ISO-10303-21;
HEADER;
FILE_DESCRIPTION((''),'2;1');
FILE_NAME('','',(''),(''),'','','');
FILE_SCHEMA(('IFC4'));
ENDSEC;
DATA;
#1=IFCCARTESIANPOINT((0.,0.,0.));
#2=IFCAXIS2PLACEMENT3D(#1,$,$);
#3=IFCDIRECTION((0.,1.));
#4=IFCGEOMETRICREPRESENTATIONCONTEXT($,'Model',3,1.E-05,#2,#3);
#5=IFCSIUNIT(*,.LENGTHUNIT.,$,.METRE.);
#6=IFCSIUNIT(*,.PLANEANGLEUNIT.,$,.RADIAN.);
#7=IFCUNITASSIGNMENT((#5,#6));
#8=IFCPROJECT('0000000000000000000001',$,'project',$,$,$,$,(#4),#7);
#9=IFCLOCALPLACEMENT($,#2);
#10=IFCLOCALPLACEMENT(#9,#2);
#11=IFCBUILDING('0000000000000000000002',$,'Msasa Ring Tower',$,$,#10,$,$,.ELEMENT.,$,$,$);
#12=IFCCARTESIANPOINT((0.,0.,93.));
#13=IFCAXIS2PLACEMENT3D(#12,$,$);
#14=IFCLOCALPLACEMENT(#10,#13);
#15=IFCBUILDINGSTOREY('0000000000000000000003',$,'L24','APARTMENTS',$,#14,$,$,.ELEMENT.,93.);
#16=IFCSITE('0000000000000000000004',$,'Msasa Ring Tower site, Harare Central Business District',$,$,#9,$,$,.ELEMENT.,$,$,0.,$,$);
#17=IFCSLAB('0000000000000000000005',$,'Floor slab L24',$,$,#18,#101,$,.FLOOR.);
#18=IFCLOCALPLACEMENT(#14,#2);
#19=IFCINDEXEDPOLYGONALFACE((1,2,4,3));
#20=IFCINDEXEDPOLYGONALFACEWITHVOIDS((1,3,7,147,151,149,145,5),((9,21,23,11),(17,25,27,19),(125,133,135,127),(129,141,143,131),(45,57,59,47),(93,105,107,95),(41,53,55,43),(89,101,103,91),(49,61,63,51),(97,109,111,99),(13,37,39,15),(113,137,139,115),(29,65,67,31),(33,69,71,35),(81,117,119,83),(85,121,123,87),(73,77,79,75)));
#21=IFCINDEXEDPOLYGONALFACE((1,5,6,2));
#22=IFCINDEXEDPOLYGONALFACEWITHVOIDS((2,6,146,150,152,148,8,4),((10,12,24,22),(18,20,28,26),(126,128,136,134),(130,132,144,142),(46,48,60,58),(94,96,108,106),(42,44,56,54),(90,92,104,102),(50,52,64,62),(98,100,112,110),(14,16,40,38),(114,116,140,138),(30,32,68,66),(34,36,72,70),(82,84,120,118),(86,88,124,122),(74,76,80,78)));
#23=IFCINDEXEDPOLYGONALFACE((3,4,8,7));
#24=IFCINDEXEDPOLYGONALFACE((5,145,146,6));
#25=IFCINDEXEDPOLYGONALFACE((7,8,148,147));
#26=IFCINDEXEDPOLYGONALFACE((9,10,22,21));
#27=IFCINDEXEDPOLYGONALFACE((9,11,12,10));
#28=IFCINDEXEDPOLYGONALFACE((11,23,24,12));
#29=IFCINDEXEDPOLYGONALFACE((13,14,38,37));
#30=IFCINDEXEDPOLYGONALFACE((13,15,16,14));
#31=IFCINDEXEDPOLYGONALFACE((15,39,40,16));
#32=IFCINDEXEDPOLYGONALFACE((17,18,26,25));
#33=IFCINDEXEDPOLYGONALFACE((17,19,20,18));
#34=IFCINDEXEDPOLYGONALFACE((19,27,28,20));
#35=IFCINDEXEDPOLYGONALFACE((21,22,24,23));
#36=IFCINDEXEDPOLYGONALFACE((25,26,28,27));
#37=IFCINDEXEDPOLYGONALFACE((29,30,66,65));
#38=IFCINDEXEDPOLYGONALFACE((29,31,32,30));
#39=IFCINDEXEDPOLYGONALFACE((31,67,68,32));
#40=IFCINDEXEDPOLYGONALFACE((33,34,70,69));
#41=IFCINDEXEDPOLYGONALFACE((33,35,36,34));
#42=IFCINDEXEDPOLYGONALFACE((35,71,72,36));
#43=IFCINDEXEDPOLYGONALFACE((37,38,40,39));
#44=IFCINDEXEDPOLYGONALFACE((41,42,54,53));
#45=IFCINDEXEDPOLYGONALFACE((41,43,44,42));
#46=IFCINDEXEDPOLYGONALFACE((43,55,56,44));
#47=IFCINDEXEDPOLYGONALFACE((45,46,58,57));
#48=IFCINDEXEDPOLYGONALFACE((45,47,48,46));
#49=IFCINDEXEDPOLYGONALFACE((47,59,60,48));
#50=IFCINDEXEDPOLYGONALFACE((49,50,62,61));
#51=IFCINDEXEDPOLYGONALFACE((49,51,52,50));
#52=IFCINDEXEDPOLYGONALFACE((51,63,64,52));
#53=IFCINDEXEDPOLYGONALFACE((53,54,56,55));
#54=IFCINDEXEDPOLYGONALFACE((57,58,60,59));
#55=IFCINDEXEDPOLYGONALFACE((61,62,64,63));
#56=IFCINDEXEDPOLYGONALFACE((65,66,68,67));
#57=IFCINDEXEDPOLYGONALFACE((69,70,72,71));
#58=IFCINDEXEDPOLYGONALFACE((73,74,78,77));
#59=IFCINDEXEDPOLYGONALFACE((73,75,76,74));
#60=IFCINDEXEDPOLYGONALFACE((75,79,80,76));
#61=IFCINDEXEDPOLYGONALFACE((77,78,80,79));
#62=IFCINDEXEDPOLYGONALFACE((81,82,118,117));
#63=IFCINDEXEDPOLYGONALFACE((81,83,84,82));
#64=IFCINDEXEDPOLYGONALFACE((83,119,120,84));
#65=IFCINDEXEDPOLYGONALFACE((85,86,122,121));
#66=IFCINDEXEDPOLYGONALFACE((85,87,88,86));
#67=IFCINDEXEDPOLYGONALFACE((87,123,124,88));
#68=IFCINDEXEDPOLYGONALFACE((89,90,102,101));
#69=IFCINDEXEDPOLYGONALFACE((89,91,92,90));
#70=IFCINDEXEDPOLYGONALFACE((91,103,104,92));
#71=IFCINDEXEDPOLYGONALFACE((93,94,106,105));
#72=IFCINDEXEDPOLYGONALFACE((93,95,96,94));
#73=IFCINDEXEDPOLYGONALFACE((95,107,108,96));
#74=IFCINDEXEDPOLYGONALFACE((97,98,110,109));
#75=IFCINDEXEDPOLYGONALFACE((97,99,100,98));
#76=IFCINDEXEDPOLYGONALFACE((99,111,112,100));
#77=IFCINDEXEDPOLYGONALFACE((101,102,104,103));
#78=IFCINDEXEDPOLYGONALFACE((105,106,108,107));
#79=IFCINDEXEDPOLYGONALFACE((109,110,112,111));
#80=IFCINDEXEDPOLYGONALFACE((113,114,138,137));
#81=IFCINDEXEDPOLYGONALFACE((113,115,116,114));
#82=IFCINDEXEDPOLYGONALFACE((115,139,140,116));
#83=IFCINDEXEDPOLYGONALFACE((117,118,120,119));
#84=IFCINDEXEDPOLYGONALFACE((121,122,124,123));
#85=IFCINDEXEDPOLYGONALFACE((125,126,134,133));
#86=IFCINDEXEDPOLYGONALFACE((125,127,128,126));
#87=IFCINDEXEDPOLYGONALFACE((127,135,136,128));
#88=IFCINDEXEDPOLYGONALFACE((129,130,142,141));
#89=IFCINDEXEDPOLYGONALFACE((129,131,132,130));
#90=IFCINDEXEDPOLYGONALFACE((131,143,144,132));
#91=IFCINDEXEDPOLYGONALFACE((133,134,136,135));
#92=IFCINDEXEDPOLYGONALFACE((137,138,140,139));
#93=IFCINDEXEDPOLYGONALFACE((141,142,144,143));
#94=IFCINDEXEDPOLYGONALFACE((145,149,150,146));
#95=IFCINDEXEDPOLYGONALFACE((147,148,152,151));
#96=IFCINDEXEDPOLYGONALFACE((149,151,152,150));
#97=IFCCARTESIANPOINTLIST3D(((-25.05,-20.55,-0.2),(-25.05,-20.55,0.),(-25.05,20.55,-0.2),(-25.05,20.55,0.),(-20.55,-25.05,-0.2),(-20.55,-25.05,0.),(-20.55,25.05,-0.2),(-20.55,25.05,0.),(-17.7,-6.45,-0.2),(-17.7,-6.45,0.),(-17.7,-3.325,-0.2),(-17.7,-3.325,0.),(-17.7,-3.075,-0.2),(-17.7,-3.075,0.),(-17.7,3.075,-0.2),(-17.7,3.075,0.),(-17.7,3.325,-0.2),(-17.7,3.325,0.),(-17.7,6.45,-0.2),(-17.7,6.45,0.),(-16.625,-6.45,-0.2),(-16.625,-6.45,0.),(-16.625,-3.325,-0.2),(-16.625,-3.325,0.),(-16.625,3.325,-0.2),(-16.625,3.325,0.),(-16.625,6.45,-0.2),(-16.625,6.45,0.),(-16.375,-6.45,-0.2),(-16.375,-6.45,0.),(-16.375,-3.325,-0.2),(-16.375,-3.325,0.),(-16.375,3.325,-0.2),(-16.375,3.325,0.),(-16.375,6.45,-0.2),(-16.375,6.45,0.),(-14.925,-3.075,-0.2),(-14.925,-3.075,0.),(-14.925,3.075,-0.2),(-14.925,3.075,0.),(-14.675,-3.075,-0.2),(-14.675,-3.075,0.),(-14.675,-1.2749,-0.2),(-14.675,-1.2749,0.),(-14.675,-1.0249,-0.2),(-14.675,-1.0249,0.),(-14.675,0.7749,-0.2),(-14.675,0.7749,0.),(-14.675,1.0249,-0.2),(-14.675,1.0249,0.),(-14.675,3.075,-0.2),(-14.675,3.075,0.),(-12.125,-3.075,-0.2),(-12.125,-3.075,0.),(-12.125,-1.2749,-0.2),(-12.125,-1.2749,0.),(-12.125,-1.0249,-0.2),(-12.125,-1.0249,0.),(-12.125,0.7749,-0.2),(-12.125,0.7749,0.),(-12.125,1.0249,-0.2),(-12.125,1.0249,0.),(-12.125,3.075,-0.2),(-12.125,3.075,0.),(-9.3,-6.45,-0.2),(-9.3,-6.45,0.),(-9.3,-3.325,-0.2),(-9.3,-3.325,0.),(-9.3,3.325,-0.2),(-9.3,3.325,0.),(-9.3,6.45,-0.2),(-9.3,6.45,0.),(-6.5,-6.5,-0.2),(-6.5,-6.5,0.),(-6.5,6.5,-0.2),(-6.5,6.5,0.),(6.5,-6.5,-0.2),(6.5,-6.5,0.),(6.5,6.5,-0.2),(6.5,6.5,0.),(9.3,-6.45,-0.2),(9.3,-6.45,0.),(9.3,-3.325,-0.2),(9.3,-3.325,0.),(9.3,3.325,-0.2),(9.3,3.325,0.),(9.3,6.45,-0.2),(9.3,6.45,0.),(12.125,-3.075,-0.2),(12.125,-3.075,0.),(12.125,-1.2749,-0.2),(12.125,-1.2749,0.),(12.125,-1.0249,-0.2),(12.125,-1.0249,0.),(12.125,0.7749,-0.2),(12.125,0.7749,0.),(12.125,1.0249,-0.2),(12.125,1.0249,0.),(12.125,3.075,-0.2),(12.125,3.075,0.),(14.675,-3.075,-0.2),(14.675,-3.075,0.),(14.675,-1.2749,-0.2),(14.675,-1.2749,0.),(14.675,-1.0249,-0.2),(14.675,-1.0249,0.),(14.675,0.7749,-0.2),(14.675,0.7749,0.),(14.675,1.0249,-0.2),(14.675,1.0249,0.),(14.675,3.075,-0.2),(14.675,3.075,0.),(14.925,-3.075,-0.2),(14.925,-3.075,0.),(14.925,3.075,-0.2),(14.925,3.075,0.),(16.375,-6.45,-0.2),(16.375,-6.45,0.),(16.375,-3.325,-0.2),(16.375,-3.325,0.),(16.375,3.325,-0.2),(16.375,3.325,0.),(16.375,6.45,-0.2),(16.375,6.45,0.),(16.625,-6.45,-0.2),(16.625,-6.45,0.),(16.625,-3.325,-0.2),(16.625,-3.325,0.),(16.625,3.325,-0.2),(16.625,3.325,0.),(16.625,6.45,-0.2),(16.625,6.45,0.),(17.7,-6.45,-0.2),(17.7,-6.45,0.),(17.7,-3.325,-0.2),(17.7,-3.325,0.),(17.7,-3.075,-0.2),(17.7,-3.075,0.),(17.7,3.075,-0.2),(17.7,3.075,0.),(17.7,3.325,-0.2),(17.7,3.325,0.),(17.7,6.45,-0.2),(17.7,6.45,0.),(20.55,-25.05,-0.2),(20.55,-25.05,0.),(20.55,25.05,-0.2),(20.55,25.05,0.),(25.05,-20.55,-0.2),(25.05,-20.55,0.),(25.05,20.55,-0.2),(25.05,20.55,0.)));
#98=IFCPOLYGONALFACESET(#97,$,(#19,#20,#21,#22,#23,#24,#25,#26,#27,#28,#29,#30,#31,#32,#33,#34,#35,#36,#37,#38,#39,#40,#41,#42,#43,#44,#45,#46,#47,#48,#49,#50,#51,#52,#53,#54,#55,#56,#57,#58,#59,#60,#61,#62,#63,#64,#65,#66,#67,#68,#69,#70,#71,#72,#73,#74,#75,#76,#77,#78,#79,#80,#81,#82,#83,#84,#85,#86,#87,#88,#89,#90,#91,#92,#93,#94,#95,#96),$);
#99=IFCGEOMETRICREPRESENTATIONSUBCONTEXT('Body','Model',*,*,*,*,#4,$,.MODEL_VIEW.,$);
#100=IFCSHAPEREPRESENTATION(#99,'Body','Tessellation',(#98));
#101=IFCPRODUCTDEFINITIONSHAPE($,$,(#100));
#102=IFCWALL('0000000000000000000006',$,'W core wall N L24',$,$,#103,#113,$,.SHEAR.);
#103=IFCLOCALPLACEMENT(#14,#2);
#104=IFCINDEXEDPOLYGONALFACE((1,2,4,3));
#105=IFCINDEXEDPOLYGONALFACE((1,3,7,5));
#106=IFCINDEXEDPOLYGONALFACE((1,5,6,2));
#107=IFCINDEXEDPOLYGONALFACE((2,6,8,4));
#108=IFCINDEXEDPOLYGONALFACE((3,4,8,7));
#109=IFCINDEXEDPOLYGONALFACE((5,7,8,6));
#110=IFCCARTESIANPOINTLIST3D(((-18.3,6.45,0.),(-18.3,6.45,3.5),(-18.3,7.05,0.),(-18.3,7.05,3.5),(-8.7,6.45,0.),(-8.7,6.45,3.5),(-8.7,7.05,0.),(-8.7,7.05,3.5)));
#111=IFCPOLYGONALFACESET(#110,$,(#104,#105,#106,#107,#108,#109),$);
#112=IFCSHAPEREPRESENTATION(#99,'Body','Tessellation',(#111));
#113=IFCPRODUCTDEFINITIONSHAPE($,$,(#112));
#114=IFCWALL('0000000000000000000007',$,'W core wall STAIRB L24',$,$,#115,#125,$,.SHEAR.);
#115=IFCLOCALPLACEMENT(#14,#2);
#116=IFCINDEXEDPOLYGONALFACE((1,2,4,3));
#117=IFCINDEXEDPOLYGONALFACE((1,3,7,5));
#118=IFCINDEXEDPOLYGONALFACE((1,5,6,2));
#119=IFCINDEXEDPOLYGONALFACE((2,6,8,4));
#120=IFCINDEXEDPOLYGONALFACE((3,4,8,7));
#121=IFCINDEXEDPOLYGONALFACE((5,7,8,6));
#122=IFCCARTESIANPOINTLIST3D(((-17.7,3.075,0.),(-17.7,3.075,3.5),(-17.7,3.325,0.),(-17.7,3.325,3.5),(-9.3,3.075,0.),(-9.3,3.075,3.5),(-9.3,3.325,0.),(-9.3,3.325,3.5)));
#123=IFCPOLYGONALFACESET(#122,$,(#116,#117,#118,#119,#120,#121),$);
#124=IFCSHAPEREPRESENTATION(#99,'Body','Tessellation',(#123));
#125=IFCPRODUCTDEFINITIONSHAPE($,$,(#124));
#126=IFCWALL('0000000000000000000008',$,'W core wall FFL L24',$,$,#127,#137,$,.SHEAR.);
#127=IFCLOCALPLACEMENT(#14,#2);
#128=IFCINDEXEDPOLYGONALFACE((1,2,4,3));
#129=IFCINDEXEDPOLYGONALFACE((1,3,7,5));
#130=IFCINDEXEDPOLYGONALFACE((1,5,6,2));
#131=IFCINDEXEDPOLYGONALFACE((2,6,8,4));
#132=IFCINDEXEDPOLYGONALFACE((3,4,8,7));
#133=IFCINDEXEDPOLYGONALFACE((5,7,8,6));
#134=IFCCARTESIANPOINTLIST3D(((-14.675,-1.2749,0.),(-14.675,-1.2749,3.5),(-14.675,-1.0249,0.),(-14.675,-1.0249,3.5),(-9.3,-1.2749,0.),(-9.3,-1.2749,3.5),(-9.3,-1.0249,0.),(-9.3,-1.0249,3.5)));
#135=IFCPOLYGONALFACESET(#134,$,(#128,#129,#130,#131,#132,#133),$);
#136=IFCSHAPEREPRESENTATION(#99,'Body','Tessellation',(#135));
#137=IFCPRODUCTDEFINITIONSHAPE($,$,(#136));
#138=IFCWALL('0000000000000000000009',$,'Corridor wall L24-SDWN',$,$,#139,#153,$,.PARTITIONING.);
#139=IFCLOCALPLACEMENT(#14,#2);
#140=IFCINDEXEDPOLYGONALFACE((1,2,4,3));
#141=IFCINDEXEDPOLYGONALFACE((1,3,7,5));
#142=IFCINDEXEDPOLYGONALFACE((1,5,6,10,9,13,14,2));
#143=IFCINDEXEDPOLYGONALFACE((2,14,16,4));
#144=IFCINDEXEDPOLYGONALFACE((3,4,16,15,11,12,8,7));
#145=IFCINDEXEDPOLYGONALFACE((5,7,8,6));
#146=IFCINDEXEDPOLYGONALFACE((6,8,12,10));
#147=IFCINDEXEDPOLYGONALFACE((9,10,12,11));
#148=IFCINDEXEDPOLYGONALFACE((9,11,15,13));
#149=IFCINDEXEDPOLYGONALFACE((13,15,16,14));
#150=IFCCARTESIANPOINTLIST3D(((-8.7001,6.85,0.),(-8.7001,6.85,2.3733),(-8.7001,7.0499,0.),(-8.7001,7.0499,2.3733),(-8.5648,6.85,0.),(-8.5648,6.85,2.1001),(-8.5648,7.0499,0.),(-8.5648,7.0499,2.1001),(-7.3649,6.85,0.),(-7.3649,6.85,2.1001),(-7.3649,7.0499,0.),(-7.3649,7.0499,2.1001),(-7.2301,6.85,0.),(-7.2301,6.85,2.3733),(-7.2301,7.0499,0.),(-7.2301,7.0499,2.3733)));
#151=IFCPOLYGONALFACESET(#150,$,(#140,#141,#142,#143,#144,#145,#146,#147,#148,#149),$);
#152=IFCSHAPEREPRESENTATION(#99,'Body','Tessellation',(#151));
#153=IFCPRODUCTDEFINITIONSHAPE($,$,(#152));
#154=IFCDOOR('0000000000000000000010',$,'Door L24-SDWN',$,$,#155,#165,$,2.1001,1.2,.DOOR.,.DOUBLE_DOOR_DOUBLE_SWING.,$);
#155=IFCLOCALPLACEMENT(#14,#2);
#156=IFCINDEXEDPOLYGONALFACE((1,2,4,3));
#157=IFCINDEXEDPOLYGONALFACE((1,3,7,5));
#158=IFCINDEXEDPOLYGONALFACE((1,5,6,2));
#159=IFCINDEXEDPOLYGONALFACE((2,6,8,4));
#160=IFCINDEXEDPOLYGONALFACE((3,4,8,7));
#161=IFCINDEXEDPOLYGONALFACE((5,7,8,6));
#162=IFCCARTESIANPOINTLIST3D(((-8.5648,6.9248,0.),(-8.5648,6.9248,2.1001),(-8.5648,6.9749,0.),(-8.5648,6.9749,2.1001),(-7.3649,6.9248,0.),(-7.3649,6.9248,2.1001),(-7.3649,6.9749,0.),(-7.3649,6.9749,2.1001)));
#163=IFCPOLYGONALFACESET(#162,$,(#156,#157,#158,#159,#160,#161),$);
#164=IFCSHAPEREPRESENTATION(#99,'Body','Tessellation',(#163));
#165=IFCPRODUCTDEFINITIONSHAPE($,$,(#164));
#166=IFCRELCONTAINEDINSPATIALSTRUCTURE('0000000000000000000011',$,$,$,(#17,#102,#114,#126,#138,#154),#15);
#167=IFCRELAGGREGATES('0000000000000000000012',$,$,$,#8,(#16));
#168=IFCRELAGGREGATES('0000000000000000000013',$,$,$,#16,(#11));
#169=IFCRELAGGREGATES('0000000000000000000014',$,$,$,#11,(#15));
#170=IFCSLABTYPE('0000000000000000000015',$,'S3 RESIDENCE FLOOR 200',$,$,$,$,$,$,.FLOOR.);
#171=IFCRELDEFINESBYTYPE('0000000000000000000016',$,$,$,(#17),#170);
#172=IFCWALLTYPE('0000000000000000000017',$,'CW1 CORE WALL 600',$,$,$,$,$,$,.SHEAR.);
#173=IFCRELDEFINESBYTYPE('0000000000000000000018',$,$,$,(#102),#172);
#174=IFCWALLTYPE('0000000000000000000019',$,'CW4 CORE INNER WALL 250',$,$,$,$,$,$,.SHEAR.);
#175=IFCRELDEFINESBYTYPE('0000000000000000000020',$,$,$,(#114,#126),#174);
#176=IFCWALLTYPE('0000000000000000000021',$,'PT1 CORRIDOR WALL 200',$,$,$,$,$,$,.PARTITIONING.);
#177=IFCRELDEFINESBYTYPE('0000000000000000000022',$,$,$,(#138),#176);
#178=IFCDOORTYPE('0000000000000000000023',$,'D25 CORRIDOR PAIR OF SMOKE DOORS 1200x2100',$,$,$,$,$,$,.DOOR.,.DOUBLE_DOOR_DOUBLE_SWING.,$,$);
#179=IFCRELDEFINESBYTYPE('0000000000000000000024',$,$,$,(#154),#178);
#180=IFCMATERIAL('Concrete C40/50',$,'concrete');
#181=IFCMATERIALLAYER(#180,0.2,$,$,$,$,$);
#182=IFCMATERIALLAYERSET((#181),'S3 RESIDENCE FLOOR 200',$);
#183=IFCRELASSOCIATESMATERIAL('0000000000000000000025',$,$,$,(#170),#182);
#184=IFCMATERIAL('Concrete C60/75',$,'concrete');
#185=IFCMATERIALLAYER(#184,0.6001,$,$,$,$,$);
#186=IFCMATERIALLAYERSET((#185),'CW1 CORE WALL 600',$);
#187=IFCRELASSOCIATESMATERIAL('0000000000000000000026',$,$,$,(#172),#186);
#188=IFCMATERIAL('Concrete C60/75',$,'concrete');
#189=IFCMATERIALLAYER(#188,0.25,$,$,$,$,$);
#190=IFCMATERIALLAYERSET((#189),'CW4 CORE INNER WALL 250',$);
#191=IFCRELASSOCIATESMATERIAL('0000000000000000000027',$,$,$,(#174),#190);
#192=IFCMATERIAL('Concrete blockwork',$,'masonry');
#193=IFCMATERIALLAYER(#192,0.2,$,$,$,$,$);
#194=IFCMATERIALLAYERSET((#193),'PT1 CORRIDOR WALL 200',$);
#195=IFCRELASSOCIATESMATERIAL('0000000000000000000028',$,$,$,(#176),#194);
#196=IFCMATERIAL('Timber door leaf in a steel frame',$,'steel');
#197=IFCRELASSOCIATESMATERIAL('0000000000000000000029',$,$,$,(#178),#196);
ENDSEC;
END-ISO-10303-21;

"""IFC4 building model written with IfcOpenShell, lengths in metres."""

from ifc_helpers import new_model, si_unit, direction, frame, frame_2d, origin, place, context, subcontext, project, spatial, polyline, rectangle, outline, extrude, material, layer, layer_set, type_object, element, fill, save


model = new_model("IFC4")

# Units and contexts
model_context = context("Model", 3, precision=1e-05, world=origin(), true_north=direction((0.0, 1.0)))
body_context = subcontext(model_context, "Body", "Model", "MODEL_VIEW")
ifc_project = project(units=[si_unit("LENGTHUNIT", "METRE"), si_unit("PLANEANGLEUNIT", "RADIAN")], contexts=[model_context])

# Site, building, storey
site_placement = place(None, origin())
site = spatial("IfcSite", under=ifc_project, at=site_placement, Name="Msasa Ring Tower site, Harare Central Business District", CompositionType="ELEMENT", RefElevation=0.0)
building_placement = place(site_placement, origin())
building = spatial("IfcBuilding", under=site, at=building_placement, Name="Msasa Ring Tower", CompositionType="ELEMENT")
storey_placement = place(building_placement, frame((0.0, 0.0, 93.0)))
storey = spatial("IfcBuildingStorey", under=building, at=storey_placement, Name="L24", Description="APARTMENTS", CompositionType="ELEMENT", Elevation=93.0)

# Slab
ifc_material_1 = material(Name="Concrete C40/50", Category="concrete")
ifc_layer_1 = layer(ifc_material_1, 0.2)
ifc_layer_set_1 = layer_set([ifc_layer_1], Name="S3 RESIDENCE FLOOR 200")
slab_type = type_object("IfcSlabType", Name="S3 RESIDENCE FLOOR 200", PredefinedType="FLOOR", material=ifc_layer_set_1)
slab_placement = place(storey_placement, frame((0.0, 0.0, -0.2)))
element("IfcSlab", 1, at=slab_placement, inside=storey, type_object=slab_type, Name="Floor slab L24", PredefinedType="FLOOR", context=body_context, shape_type="SweptSolid", body=[
    extrude(outline(polyline([(-20.55, -25.05), (20.55, -25.05), (25.05, -20.55), (25.05, 20.55), (20.55, 25.05), (-20.55, 25.05), (-25.05, 20.55), (-25.05, -20.55), (-20.55, -25.05)]), holes=[polyline([(-6.5, -6.5), (6.5, -6.5), (6.5, 6.5), (-6.5, 6.5), (-6.5, -6.5)]), polyline([(9.3, -6.45), (16.375, -6.45), (16.375, -3.325), (9.3, -3.325), (9.3, -6.45)]), polyline([(9.3, 3.325), (16.375, 3.325), (16.375, 6.45), (9.3, 6.45), (9.3, 3.325)]), polyline([(12.125, -3.075), (14.675, -3.075), (14.675, -1.2749), (12.125, -1.2749), (12.125, -3.075)]), polyline([(12.125, -1.0249), (14.675, -1.0249), (14.675, 0.7749), (12.125, 0.7749), (12.125, -1.0249)]), polyline([(12.125, 1.0249), (14.675, 1.0249), (14.675, 3.075), (12.125, 3.075), (12.125, 1.0249)]), polyline([(16.625, -6.45), (17.7, -6.45), (17.7, -3.325), (16.625, -3.325), (16.625, -6.45)]), polyline([(16.625, 3.325), (17.7, 3.325), (17.7, 6.45), (16.625, 6.45), (16.625, 3.325)]), polyline([(14.925, -3.075), (17.7, -3.075), (17.7, 3.075), (14.925, 3.075), (14.925, -3.075)]), polyline([(-16.375, -6.45), (-9.3, -6.45), (-9.3, -3.325), (-16.375, -3.325), (-16.375, -6.45)]), polyline([(-16.375, 3.325), (-9.3, 3.325), (-9.3, 6.45), (-16.375, 6.45), (-16.375, 3.325)]), polyline([(-14.675, -3.075), (-12.125, -3.075), (-12.125, -1.2749), (-14.675, -1.2749), (-14.675, -3.075)]), polyline([(-14.675, -1.0249), (-12.125, -1.0249), (-12.125, 0.7749), (-14.675, 0.7749), (-14.675, -1.0249)]), polyline([(-14.675, 1.0249), (-12.125, 1.0249), (-12.125, 3.075), (-14.675, 3.075), (-14.675, 1.0249)]), polyline([(-17.7, -6.45), (-16.625, -6.45), (-16.625, -3.325), (-17.7, -3.325), (-17.7, -6.45)]), polyline([(-17.7, 3.325), (-16.625, 3.325), (-16.625, 6.45), (-17.7, 6.45), (-17.7, 3.325)]), polyline([(-17.7, -3.075), (-14.925, -3.075), (-14.925, 3.075), (-17.7, 3.075), (-17.7, -3.075)])]), origin(), (0.0, 0.0, 1.0), 0.2),
])

# Walls
ifc_material_2 = material(Name="Concrete C60/75", Category="concrete")
ifc_layer_2 = layer(ifc_material_2, 0.6001)
ifc_layer_set_2 = layer_set([ifc_layer_2], Name="CW1 CORE WALL 600")
wall_type_1 = type_object("IfcWallType", Name="CW1 CORE WALL 600", PredefinedType="SHEAR", material=ifc_layer_set_2)
wall_1_placement = place(storey_placement, frame((-8.7, 6.75, 0.0), z_axis=(0.0, 0.0, 1.0), x_axis=(-1.0, 0.0, 0.0)))
element("IfcWall", 2, at=wall_1_placement, inside=storey, type_object=wall_type_1, Name="W core wall N L24", PredefinedType="SHEAR", context=body_context, shape_type="SweptSolid", body=[
    extrude(rectangle(XDim=9.6001, YDim=0.6001, at=frame_2d((4.8, 0.0))), origin(), (0.0, 0.0, 1.0), 3.5),
])
ifc_material_3 = material(Name="Concrete C60/75", Category="concrete")
ifc_layer_3 = layer(ifc_material_3, 0.25)
ifc_layer_set_3 = layer_set([ifc_layer_3], Name="CW4 CORE INNER WALL 250")
wall_type_2 = type_object("IfcWallType", Name="CW4 CORE INNER WALL 250", PredefinedType="SHEAR", material=ifc_layer_set_3)
wall_2_placement = place(storey_placement, frame((-9.3, 3.2, 0.0), z_axis=(0.0, 0.0, 1.0), x_axis=(-1.0, 0.0, 0.0)))
element("IfcWall", 3, at=wall_2_placement, inside=storey, type_object=wall_type_2, Name="W core wall STAIRB L24", PredefinedType="SHEAR", context=body_context, shape_type="SweptSolid", body=[
    extrude(rectangle(XDim=8.3999, YDim=0.25, at=frame_2d((4.2, 0.0))), origin(), (0.0, 0.0, 1.0), 3.5),
])
wall_3_placement = place(storey_placement, frame((-9.3, -1.1499, 0.0), z_axis=(0.0, 0.0, 1.0), x_axis=(-1.0, 0.0, 0.0)))
element("IfcWall", 4, at=wall_3_placement, inside=storey, type_object=wall_type_2, Name="W core wall FFL L24", PredefinedType="SHEAR", context=body_context, shape_type="SweptSolid", body=[
    extrude(rectangle(XDim=5.375, YDim=0.25, at=frame_2d((2.6875, 0.0))), origin(), (0.0, 0.0, 1.0), 3.5),
])

# Wall, opening, door
ifc_material_4 = material(Name="Concrete blockwork", Category="masonry")
ifc_layer_4 = layer(ifc_material_4, 0.2)
ifc_layer_set_4 = layer_set([ifc_layer_4], Name="PT1 CORRIDOR WALL 200")
wall_type_3 = type_object("IfcWallType", Name="PT1 CORRIDOR WALL 200", PredefinedType="PARTITIONING", material=ifc_layer_set_4)
wall_4_placement = place(storey_placement, frame((-8.7, 6.95, 0.0), z_axis=(0.0, 0.0, 1.0), x_axis=(1.0, 0.0, 0.0)))
wall_4 = element("IfcWall", 5, at=wall_4_placement, inside=storey, type_object=wall_type_3, Name="Corridor wall L24-SDWN", PredefinedType="PARTITIONING", context=body_context, shape_type="SweptSolid", body=[
    extrude(rectangle(XDim=1.47, YDim=0.2, at=frame_2d((0.7349, 0.0))), origin(), (0.0, 0.0, 1.0), 2.3733),
])
opening_placement = place(wall_4_placement, frame((0.135, 0.0, 0.0)))
opening = element("IfcOpeningElement", 6, at=opening_placement, cuts=wall_4, PredefinedType="OPENING", context=body_context, shape_type="SweptSolid", body=[
    extrude(rectangle(XDim=1.2, YDim=2.1001, at=frame_2d((0.6001, 1.05))), frame((0.0, 0.1099, 0.0), z_axis=(0.0, -1.0, 0.0), x_axis=(1.0, 0.0, 0.0)), (0.0, 0.0, 1.0), 0.22),
])
ifc_material_5 = material(Name="Timber door leaf in a steel frame", Category="steel")
door_type = type_object("IfcDoorType", Name="D25 CORRIDOR PAIR OF SMOKE DOORS 1200x2100", OperationType="DOUBLE_DOOR_DOUBLE_SWING", PredefinedType="DOOR", material=ifc_material_5)
door_placement = place(opening_placement, origin())
door = element("IfcDoor", 7, at=door_placement, inside=storey, type_object=door_type, Name="Door L24-SDWN", OperationType="DOUBLE_DOOR_DOUBLE_SWING", OverallHeight=2.1001, OverallWidth=1.2, PredefinedType="DOOR", context=body_context, shape_type="SweptSolid", body=[
    extrude(rectangle(XDim=1.2, YDim=2.1001, at=frame_2d((0.6001, 1.05))), frame((0.0, 0.0249, 0.0), z_axis=(0.0, -1.0, 0.0), x_axis=(1.0, 0.0, 0.0)), (0.0, 0.0, 1.0), 0.05),
])
fill(opening, door)

save(model, "model.ifc")
